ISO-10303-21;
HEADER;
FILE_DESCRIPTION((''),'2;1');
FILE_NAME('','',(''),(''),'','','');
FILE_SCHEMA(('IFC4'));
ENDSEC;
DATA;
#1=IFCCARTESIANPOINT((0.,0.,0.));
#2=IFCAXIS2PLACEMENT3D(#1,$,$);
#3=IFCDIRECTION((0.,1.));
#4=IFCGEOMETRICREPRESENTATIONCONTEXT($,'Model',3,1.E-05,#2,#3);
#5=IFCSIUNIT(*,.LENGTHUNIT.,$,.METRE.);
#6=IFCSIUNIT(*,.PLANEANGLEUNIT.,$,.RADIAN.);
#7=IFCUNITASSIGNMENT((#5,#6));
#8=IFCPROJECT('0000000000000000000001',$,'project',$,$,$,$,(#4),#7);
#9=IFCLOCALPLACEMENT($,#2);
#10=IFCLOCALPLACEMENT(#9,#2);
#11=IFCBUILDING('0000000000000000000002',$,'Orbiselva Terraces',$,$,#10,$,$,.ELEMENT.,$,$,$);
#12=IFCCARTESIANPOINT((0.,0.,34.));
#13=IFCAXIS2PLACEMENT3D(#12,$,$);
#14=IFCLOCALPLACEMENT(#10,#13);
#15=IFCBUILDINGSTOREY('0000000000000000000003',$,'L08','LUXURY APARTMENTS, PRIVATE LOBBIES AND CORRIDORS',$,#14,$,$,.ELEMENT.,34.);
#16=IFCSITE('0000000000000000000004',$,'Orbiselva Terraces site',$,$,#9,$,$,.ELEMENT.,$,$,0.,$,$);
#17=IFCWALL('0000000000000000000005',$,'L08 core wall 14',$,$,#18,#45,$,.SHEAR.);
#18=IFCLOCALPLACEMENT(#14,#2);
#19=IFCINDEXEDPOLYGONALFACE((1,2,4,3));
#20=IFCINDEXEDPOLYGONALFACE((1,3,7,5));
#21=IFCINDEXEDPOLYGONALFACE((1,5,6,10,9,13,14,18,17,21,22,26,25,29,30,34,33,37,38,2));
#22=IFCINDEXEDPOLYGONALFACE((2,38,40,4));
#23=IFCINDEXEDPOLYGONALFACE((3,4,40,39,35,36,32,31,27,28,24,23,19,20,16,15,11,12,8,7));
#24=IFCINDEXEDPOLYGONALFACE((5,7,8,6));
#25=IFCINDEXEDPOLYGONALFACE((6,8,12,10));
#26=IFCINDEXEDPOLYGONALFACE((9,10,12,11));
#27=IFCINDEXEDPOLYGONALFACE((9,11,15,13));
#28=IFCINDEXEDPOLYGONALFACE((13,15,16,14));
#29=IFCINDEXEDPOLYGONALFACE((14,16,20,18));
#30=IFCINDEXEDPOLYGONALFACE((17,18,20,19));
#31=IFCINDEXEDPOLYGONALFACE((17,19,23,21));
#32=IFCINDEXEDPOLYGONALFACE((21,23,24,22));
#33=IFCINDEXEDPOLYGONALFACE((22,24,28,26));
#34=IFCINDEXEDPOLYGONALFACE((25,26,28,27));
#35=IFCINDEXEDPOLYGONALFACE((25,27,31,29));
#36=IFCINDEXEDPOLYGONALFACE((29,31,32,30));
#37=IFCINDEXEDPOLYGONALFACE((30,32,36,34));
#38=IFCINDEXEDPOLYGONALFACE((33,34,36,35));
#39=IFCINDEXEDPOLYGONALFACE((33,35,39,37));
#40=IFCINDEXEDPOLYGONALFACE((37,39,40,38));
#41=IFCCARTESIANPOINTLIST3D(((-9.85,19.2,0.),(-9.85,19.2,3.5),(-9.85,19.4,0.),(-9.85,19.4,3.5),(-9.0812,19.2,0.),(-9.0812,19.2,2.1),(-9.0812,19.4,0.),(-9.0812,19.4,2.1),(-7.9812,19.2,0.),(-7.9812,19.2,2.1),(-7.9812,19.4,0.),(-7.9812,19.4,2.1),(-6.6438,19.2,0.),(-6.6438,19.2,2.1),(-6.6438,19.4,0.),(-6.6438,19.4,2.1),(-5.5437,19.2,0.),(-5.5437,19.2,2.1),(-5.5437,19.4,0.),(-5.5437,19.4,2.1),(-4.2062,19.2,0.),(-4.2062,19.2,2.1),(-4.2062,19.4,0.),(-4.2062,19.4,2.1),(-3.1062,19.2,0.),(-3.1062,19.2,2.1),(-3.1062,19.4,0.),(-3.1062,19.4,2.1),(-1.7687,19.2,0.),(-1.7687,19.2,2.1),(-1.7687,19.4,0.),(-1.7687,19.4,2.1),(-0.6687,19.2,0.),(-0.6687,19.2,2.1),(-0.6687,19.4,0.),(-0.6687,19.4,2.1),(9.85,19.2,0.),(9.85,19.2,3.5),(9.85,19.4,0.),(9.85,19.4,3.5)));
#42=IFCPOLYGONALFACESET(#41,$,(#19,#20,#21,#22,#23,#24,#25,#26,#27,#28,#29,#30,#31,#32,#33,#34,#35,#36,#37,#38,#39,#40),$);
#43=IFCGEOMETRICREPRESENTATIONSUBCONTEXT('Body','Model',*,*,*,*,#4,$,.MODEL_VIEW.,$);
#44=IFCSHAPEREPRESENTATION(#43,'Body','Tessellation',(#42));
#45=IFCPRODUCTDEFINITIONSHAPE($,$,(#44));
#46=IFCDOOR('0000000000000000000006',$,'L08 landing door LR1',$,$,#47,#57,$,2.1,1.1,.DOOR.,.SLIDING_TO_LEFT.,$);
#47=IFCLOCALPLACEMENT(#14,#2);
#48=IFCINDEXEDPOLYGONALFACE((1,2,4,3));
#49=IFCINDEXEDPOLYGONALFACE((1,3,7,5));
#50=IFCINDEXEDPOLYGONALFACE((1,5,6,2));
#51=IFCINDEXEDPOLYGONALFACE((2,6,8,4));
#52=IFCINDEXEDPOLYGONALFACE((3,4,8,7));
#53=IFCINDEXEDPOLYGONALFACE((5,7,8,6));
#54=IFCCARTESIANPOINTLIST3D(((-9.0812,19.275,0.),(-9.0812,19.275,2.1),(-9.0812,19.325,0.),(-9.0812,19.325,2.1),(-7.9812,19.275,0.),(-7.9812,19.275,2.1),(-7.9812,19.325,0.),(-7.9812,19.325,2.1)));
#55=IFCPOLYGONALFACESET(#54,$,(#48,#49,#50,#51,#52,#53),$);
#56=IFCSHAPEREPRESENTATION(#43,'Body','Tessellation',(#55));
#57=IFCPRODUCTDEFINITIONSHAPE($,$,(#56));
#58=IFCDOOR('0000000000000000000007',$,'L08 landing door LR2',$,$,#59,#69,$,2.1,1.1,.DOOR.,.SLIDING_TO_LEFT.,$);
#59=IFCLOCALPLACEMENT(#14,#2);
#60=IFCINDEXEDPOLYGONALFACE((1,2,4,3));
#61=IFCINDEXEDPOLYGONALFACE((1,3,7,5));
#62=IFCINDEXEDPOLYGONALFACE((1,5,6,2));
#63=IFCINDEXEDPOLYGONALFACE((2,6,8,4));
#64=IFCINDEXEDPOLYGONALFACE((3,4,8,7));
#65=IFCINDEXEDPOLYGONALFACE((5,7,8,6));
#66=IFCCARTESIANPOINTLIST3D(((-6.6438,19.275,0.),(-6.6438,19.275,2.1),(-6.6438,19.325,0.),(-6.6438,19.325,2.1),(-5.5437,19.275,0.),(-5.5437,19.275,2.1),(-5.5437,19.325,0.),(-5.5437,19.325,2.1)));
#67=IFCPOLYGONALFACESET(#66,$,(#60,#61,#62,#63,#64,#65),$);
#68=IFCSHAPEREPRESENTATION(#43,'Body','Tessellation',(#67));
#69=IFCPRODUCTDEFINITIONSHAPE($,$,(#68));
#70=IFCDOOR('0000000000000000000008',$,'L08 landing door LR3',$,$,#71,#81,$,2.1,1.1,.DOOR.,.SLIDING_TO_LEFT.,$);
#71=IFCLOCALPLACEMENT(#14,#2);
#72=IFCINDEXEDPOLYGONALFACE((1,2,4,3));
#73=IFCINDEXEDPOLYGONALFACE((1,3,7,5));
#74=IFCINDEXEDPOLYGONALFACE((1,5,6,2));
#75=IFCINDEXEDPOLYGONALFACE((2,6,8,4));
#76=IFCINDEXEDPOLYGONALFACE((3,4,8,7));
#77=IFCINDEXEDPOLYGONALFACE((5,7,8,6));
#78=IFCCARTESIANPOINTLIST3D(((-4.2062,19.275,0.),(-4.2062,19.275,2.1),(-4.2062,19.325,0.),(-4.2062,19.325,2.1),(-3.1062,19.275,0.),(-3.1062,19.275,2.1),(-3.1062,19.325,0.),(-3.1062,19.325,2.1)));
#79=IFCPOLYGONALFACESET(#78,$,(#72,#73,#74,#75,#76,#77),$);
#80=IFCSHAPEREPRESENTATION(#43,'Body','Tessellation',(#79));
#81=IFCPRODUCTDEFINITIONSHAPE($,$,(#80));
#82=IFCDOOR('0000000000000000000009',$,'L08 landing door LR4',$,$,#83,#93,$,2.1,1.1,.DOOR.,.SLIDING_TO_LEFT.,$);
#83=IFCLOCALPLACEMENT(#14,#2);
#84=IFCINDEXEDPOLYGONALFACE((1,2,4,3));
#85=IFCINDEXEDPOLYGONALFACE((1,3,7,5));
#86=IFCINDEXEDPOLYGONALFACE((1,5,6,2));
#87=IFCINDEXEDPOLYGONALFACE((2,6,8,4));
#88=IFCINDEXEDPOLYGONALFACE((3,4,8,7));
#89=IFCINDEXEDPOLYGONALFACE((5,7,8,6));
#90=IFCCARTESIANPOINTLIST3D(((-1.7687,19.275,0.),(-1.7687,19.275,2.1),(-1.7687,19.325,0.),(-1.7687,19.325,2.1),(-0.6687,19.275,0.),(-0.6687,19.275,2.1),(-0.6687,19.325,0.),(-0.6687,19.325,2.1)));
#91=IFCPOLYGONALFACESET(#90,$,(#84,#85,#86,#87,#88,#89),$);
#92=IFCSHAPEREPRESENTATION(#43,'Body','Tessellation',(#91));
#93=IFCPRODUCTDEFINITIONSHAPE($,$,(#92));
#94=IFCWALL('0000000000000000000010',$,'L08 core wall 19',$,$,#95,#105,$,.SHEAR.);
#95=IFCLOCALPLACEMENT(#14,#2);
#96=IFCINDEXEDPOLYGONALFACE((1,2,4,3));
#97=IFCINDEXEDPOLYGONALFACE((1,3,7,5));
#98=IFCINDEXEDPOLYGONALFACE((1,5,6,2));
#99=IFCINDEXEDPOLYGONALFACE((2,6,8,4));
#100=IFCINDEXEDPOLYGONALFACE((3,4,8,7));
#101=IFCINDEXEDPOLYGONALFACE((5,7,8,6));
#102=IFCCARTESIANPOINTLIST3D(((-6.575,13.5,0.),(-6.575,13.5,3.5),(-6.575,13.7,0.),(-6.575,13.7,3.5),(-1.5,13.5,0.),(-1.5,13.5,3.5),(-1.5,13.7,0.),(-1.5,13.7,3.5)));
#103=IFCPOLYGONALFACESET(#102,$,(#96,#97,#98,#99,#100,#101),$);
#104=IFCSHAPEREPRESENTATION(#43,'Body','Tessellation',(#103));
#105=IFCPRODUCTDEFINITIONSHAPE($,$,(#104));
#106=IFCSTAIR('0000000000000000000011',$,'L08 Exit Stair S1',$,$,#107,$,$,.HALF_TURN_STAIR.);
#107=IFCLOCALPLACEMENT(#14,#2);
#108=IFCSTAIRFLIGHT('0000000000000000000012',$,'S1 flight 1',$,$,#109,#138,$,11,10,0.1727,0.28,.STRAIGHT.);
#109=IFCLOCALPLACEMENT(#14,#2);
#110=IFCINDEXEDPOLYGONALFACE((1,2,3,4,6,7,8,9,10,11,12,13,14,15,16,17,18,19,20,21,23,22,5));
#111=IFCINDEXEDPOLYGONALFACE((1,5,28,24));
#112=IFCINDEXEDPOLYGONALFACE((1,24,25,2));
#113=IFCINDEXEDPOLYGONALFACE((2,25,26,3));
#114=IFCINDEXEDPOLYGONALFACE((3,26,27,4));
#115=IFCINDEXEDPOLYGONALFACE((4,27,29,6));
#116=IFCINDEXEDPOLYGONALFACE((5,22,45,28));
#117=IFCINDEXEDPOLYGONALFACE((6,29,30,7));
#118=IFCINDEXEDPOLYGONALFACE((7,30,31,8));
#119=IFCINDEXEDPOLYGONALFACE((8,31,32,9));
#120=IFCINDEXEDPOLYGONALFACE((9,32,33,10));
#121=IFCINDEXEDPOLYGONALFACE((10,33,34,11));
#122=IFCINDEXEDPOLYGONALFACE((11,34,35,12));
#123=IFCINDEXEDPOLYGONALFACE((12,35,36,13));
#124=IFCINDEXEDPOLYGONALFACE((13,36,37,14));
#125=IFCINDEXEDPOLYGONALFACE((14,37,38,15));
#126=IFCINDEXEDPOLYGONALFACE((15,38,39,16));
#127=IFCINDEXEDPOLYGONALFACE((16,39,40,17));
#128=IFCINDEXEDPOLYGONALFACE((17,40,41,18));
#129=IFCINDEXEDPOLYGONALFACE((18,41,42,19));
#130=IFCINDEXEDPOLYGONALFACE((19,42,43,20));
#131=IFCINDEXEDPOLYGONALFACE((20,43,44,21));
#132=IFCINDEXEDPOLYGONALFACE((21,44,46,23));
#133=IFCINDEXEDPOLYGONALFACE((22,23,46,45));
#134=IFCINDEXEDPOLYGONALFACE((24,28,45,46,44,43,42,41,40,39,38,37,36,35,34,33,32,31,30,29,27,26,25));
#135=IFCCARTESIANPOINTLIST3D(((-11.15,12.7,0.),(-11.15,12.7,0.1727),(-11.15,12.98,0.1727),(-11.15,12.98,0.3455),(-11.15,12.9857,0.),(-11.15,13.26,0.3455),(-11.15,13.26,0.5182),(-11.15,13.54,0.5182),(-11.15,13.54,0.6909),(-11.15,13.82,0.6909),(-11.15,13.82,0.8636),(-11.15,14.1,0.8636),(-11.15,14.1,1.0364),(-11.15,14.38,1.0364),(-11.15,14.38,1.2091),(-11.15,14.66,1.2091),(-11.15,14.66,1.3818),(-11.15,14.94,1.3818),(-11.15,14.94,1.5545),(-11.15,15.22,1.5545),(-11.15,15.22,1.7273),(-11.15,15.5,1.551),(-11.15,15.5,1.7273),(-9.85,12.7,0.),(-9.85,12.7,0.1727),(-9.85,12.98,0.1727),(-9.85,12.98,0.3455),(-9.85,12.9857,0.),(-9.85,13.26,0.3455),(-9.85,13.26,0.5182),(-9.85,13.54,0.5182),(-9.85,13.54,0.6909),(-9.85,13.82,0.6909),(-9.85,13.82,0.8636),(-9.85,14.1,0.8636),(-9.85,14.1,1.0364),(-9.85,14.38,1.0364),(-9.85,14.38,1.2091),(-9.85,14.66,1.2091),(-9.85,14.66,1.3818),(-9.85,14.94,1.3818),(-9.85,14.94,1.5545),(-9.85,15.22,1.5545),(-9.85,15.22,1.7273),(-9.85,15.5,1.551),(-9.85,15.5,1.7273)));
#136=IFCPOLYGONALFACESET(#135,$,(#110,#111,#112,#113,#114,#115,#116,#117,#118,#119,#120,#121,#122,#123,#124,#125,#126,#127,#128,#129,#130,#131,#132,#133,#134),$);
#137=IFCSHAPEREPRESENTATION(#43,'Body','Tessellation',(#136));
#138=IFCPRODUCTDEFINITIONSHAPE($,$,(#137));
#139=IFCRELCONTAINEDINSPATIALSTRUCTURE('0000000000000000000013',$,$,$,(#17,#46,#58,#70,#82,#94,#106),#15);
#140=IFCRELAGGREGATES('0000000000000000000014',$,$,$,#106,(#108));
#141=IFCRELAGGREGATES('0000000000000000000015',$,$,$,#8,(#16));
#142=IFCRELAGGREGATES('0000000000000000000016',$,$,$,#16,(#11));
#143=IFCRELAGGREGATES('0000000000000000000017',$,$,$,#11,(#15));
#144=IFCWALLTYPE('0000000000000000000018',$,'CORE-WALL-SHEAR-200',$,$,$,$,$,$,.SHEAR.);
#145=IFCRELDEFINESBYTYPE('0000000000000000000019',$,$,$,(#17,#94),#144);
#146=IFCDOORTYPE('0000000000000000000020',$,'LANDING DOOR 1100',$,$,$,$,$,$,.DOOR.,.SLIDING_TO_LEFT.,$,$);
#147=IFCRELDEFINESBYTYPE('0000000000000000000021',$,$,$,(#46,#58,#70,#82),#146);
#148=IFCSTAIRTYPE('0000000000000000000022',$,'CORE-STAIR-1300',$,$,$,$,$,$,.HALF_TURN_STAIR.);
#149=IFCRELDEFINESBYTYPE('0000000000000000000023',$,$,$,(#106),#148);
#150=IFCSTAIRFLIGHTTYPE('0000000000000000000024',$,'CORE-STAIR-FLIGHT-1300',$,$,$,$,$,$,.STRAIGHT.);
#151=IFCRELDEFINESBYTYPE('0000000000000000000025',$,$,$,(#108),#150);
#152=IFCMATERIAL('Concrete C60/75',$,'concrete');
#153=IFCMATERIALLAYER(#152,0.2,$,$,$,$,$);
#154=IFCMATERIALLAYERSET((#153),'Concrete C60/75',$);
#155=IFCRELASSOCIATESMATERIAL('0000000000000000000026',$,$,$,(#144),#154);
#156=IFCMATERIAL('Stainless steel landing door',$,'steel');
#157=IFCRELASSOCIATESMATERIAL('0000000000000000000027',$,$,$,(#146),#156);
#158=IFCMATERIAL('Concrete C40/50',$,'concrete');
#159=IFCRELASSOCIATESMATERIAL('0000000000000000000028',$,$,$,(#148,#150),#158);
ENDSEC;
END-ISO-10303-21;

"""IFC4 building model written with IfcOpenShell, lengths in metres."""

from ifc_helpers import new_model, si_unit, direction, frame, frame_2d, origin, place, context, subcontext, project, spatial, polyline, rectangle, outline, extrude, material, layer, layer_set, type_object, element, fill, aggregate, save


model = new_model("IFC4")

# Units and contexts
model_context = context("Model", 3, precision=1e-05, world=origin(), true_north=direction((0.0, 1.0)))
body_context = subcontext(model_context, "Body", "Model", "MODEL_VIEW")
ifc_project = project(units=[si_unit("LENGTHUNIT", "METRE"), si_unit("PLANEANGLEUNIT", "RADIAN")], contexts=[model_context])

# Site, building, storey
site_placement = place(None, origin())
site = spatial("IfcSite", under=ifc_project, at=site_placement, Name="Orbiselva Terraces site", CompositionType="ELEMENT", RefElevation=0.0)
building_placement = place(site_placement, origin())
building = spatial("IfcBuilding", under=site, at=building_placement, Name="Orbiselva Terraces", CompositionType="ELEMENT")
storey_placement = place(building_placement, frame((0.0, 0.0, 34.0)))
storey = spatial("IfcBuildingStorey", under=building, at=storey_placement, Name="L08", Description="LUXURY APARTMENTS, PRIVATE LOBBIES AND CORRIDORS", CompositionType="ELEMENT", Elevation=34.0)

# Shared definitions
ifc_material_1 = material(Name="Concrete C40/50", Category="concrete")
ifc_material_2 = material(Name="Concrete C60/75", Category="concrete")
ifc_layer_1 = layer(ifc_material_2, 0.2)
ifc_layer_set_1 = layer_set([ifc_layer_1], Name="Concrete C60/75")
wall_type_1 = type_object("IfcWallType", Name="CORE-WALL-SHEAR-200", PredefinedType="SHEAR", material=ifc_layer_set_1)

# Wall, openings, doors
wall_1_placement = place(storey_placement, frame((-9.85, 19.3, 0.0), z_axis=(0.0, 0.0, 1.0), x_axis=(1.0, 0.0, 0.0)))
wall_1 = element("IfcWall", 1, at=wall_1_placement, inside=storey, type_object=wall_type_1, Name="L08 core wall 14", PredefinedType="SHEAR", context=body_context, shape_type="SweptSolid", body=[
    extrude(rectangle(XDim=19.7, YDim=0.2, at=frame_2d((9.85, 0.0))), origin(), (0.0, 0.0, 1.0), 3.5),
])
opening_1_placement = place(wall_1_placement, frame((0.7688, 0.0, 0.0)))
opening_1 = element("IfcOpeningElement", 2, at=opening_1_placement, cuts=wall_1, PredefinedType="OPENING", context=body_context, shape_type="SweptSolid", body=[
    extrude(rectangle(XDim=1.1, YDim=2.1, at=frame_2d((0.55, 1.05))), frame((0.0, 0.11, 0.0), z_axis=(0.0, -1.0, 0.0), x_axis=(1.0, 0.0, 0.0)), (0.0, 0.0, 1.0), 0.22),
])
opening_2_placement = place(wall_1_placement, frame((3.2062, 0.0, 0.0)))
opening_2 = element("IfcOpeningElement", 3, at=opening_2_placement, cuts=wall_1, PredefinedType="OPENING", context=body_context, shape_type="SweptSolid", body=[
    extrude(rectangle(XDim=1.1, YDim=2.1, at=frame_2d((0.55, 1.05))), frame((0.0, 0.11, 0.0), z_axis=(0.0, -1.0, 0.0), x_axis=(1.0, 0.0, 0.0)), (0.0, 0.0, 1.0), 0.22),
])
opening_3_placement = place(wall_1_placement, frame((5.6437, 0.0, 0.0)))
opening_3 = element("IfcOpeningElement", 4, at=opening_3_placement, cuts=wall_1, PredefinedType="OPENING", context=body_context, shape_type="SweptSolid", body=[
    extrude(rectangle(XDim=1.1, YDim=2.1, at=frame_2d((0.55, 1.05))), frame((0.0, 0.11, 0.0), z_axis=(0.0, -1.0, 0.0), x_axis=(1.0, 0.0, 0.0)), (0.0, 0.0, 1.0), 0.22),
])
opening_4_placement = place(wall_1_placement, frame((8.0813, 0.0, 0.0)))
opening_4 = element("IfcOpeningElement", 5, at=opening_4_placement, cuts=wall_1, PredefinedType="OPENING", context=body_context, shape_type="SweptSolid", body=[
    extrude(rectangle(XDim=1.1, YDim=2.1, at=frame_2d((0.55, 1.05))), frame((0.0, 0.11, 0.0), z_axis=(0.0, -1.0, 0.0), x_axis=(1.0, 0.0, 0.0)), (0.0, 0.0, 1.0), 0.22),
])
ifc_material_3 = material(Name="Stainless steel landing door", Category="steel")
door_type_1 = type_object("IfcDoorType", Name="LANDING DOOR 1100", OperationType="SLIDING_TO_LEFT", PredefinedType="DOOR", material=ifc_material_3)
door_1_placement = place(opening_1_placement, origin())
door_1 = element("IfcDoor", 6, at=door_1_placement, inside=storey, type_object=door_type_1, Name="L08 landing door LR1", OperationType="SLIDING_TO_LEFT", OverallHeight=2.1, OverallWidth=1.1, PredefinedType="DOOR", context=body_context, shape_type="SweptSolid", body=[
    extrude(rectangle(XDim=1.1, YDim=2.1, at=frame_2d((0.55, 1.05))), frame((0.0, 0.025, 0.0), z_axis=(0.0, -1.0, 0.0), x_axis=(1.0, 0.0, 0.0)), (0.0, 0.0, 1.0), 0.05),
])
fill(opening_1, door_1)
door_2_placement = place(opening_2_placement, origin())
door_2 = element("IfcDoor", 7, at=door_2_placement, inside=storey, type_object=door_type_1, Name="L08 landing door LR2", OperationType="SLIDING_TO_LEFT", OverallHeight=2.1, OverallWidth=1.1, PredefinedType="DOOR", context=body_context, shape_type="SweptSolid", body=[
    extrude(rectangle(XDim=1.1, YDim=2.1, at=frame_2d((0.55, 1.05))), frame((0.0, 0.025, 0.0), z_axis=(0.0, -1.0, 0.0), x_axis=(1.0, 0.0, 0.0)), (0.0, 0.0, 1.0), 0.05),
])
fill(opening_2, door_2)
door_3_placement = place(opening_3_placement, origin())
door_3 = element("IfcDoor", 8, at=door_3_placement, inside=storey, type_object=door_type_1, Name="L08 landing door LR3", OperationType="SLIDING_TO_LEFT", OverallHeight=2.1, OverallWidth=1.1, PredefinedType="DOOR", context=body_context, shape_type="SweptSolid", body=[
    extrude(rectangle(XDim=1.1, YDim=2.1, at=frame_2d((0.55, 1.05))), frame((0.0, 0.025, 0.0), z_axis=(0.0, -1.0, 0.0), x_axis=(1.0, 0.0, 0.0)), (0.0, 0.0, 1.0), 0.05),
])
fill(opening_3, door_3)
door_4_placement = place(opening_4_placement, origin())
door_4 = element("IfcDoor", 9, at=door_4_placement, inside=storey, type_object=door_type_1, Name="L08 landing door LR4", OperationType="SLIDING_TO_LEFT", OverallHeight=2.1, OverallWidth=1.1, PredefinedType="DOOR", context=body_context, shape_type="SweptSolid", body=[
    extrude(rectangle(XDim=1.1, YDim=2.1, at=frame_2d((0.55, 1.05))), frame((0.0, 0.025, 0.0), z_axis=(0.0, -1.0, 0.0), x_axis=(1.0, 0.0, 0.0)), (0.0, 0.0, 1.0), 0.05),
])
fill(opening_4, door_4)

# Wall
wall_2_placement = place(storey_placement, frame((-6.575, 13.6, 0.0), z_axis=(0.0, 0.0, 1.0), x_axis=(1.0, 0.0, 0.0)))
element("IfcWall", 10, at=wall_2_placement, inside=storey, type_object=wall_type_1, Name="L08 core wall 19", PredefinedType="SHEAR", context=body_context, shape_type="SweptSolid", body=[
    extrude(rectangle(XDim=5.075, YDim=0.2, at=frame_2d((2.5375, 0.0))), origin(), (0.0, 0.0, 1.0), 3.5),
])

# Stair, stair flight
stair_type = type_object("IfcStairType", Name="CORE-STAIR-1300", PredefinedType="HALF_TURN_STAIR", material=ifc_material_1)
stair_placement = place(storey_placement, origin())
stair = element("IfcStair", 11, at=stair_placement, inside=storey, type_object=stair_type, Name="L08 Exit Stair S1", PredefinedType="HALF_TURN_STAIR")
stair_flight_type = type_object("IfcStairFlightType", Name="CORE-STAIR-FLIGHT-1300", PredefinedType="STRAIGHT", material=ifc_material_1)
stair_flight_placement = place(storey_placement, frame((-10.5, 12.7, 0.0), z_axis=(0.0, 0.0, 1.0), x_axis=(0.0, 1.0, 0.0)))
stair_flight = element("IfcStairFlight", 12, at=stair_flight_placement, type_object=stair_flight_type, Name="S1 flight 1", NumberOfRisers=11, NumberOfTreads=10, PredefinedType="STRAIGHT", RiserHeight=0.1727, TreadLength=0.28, context=body_context, shape_type="SweptSolid", body=[
    extrude(outline(polyline([(0.0, 0.0), (0.0, 0.1727), (0.28, 0.1727), (0.28, 0.3455), (0.56, 0.3455), (0.56, 0.5182), (0.84, 0.5182), (0.84, 0.6909), (1.12, 0.6909), (1.12, 0.8636), (1.4, 0.8636), (1.4, 1.0364), (1.68, 1.0364), (1.68, 1.2091), (1.96, 1.2091), (1.96, 1.3818), (2.24, 1.3818), (2.24, 1.5545), (2.52, 1.5545), (2.52, 1.7273), (2.8, 1.7273), (2.8, 1.9), (2.8, 1.551), (0.2857, 0.0), (0.0, 0.0)])), frame((0.0, 0.65, 0.0), z_axis=(0.0, -1.0, 0.0), x_axis=(1.0, 0.0, 0.0)), (0.0, 0.0, 1.0), 1.3),
])
aggregate(stair, [stair_flight])

save(model, "model.ifc")
